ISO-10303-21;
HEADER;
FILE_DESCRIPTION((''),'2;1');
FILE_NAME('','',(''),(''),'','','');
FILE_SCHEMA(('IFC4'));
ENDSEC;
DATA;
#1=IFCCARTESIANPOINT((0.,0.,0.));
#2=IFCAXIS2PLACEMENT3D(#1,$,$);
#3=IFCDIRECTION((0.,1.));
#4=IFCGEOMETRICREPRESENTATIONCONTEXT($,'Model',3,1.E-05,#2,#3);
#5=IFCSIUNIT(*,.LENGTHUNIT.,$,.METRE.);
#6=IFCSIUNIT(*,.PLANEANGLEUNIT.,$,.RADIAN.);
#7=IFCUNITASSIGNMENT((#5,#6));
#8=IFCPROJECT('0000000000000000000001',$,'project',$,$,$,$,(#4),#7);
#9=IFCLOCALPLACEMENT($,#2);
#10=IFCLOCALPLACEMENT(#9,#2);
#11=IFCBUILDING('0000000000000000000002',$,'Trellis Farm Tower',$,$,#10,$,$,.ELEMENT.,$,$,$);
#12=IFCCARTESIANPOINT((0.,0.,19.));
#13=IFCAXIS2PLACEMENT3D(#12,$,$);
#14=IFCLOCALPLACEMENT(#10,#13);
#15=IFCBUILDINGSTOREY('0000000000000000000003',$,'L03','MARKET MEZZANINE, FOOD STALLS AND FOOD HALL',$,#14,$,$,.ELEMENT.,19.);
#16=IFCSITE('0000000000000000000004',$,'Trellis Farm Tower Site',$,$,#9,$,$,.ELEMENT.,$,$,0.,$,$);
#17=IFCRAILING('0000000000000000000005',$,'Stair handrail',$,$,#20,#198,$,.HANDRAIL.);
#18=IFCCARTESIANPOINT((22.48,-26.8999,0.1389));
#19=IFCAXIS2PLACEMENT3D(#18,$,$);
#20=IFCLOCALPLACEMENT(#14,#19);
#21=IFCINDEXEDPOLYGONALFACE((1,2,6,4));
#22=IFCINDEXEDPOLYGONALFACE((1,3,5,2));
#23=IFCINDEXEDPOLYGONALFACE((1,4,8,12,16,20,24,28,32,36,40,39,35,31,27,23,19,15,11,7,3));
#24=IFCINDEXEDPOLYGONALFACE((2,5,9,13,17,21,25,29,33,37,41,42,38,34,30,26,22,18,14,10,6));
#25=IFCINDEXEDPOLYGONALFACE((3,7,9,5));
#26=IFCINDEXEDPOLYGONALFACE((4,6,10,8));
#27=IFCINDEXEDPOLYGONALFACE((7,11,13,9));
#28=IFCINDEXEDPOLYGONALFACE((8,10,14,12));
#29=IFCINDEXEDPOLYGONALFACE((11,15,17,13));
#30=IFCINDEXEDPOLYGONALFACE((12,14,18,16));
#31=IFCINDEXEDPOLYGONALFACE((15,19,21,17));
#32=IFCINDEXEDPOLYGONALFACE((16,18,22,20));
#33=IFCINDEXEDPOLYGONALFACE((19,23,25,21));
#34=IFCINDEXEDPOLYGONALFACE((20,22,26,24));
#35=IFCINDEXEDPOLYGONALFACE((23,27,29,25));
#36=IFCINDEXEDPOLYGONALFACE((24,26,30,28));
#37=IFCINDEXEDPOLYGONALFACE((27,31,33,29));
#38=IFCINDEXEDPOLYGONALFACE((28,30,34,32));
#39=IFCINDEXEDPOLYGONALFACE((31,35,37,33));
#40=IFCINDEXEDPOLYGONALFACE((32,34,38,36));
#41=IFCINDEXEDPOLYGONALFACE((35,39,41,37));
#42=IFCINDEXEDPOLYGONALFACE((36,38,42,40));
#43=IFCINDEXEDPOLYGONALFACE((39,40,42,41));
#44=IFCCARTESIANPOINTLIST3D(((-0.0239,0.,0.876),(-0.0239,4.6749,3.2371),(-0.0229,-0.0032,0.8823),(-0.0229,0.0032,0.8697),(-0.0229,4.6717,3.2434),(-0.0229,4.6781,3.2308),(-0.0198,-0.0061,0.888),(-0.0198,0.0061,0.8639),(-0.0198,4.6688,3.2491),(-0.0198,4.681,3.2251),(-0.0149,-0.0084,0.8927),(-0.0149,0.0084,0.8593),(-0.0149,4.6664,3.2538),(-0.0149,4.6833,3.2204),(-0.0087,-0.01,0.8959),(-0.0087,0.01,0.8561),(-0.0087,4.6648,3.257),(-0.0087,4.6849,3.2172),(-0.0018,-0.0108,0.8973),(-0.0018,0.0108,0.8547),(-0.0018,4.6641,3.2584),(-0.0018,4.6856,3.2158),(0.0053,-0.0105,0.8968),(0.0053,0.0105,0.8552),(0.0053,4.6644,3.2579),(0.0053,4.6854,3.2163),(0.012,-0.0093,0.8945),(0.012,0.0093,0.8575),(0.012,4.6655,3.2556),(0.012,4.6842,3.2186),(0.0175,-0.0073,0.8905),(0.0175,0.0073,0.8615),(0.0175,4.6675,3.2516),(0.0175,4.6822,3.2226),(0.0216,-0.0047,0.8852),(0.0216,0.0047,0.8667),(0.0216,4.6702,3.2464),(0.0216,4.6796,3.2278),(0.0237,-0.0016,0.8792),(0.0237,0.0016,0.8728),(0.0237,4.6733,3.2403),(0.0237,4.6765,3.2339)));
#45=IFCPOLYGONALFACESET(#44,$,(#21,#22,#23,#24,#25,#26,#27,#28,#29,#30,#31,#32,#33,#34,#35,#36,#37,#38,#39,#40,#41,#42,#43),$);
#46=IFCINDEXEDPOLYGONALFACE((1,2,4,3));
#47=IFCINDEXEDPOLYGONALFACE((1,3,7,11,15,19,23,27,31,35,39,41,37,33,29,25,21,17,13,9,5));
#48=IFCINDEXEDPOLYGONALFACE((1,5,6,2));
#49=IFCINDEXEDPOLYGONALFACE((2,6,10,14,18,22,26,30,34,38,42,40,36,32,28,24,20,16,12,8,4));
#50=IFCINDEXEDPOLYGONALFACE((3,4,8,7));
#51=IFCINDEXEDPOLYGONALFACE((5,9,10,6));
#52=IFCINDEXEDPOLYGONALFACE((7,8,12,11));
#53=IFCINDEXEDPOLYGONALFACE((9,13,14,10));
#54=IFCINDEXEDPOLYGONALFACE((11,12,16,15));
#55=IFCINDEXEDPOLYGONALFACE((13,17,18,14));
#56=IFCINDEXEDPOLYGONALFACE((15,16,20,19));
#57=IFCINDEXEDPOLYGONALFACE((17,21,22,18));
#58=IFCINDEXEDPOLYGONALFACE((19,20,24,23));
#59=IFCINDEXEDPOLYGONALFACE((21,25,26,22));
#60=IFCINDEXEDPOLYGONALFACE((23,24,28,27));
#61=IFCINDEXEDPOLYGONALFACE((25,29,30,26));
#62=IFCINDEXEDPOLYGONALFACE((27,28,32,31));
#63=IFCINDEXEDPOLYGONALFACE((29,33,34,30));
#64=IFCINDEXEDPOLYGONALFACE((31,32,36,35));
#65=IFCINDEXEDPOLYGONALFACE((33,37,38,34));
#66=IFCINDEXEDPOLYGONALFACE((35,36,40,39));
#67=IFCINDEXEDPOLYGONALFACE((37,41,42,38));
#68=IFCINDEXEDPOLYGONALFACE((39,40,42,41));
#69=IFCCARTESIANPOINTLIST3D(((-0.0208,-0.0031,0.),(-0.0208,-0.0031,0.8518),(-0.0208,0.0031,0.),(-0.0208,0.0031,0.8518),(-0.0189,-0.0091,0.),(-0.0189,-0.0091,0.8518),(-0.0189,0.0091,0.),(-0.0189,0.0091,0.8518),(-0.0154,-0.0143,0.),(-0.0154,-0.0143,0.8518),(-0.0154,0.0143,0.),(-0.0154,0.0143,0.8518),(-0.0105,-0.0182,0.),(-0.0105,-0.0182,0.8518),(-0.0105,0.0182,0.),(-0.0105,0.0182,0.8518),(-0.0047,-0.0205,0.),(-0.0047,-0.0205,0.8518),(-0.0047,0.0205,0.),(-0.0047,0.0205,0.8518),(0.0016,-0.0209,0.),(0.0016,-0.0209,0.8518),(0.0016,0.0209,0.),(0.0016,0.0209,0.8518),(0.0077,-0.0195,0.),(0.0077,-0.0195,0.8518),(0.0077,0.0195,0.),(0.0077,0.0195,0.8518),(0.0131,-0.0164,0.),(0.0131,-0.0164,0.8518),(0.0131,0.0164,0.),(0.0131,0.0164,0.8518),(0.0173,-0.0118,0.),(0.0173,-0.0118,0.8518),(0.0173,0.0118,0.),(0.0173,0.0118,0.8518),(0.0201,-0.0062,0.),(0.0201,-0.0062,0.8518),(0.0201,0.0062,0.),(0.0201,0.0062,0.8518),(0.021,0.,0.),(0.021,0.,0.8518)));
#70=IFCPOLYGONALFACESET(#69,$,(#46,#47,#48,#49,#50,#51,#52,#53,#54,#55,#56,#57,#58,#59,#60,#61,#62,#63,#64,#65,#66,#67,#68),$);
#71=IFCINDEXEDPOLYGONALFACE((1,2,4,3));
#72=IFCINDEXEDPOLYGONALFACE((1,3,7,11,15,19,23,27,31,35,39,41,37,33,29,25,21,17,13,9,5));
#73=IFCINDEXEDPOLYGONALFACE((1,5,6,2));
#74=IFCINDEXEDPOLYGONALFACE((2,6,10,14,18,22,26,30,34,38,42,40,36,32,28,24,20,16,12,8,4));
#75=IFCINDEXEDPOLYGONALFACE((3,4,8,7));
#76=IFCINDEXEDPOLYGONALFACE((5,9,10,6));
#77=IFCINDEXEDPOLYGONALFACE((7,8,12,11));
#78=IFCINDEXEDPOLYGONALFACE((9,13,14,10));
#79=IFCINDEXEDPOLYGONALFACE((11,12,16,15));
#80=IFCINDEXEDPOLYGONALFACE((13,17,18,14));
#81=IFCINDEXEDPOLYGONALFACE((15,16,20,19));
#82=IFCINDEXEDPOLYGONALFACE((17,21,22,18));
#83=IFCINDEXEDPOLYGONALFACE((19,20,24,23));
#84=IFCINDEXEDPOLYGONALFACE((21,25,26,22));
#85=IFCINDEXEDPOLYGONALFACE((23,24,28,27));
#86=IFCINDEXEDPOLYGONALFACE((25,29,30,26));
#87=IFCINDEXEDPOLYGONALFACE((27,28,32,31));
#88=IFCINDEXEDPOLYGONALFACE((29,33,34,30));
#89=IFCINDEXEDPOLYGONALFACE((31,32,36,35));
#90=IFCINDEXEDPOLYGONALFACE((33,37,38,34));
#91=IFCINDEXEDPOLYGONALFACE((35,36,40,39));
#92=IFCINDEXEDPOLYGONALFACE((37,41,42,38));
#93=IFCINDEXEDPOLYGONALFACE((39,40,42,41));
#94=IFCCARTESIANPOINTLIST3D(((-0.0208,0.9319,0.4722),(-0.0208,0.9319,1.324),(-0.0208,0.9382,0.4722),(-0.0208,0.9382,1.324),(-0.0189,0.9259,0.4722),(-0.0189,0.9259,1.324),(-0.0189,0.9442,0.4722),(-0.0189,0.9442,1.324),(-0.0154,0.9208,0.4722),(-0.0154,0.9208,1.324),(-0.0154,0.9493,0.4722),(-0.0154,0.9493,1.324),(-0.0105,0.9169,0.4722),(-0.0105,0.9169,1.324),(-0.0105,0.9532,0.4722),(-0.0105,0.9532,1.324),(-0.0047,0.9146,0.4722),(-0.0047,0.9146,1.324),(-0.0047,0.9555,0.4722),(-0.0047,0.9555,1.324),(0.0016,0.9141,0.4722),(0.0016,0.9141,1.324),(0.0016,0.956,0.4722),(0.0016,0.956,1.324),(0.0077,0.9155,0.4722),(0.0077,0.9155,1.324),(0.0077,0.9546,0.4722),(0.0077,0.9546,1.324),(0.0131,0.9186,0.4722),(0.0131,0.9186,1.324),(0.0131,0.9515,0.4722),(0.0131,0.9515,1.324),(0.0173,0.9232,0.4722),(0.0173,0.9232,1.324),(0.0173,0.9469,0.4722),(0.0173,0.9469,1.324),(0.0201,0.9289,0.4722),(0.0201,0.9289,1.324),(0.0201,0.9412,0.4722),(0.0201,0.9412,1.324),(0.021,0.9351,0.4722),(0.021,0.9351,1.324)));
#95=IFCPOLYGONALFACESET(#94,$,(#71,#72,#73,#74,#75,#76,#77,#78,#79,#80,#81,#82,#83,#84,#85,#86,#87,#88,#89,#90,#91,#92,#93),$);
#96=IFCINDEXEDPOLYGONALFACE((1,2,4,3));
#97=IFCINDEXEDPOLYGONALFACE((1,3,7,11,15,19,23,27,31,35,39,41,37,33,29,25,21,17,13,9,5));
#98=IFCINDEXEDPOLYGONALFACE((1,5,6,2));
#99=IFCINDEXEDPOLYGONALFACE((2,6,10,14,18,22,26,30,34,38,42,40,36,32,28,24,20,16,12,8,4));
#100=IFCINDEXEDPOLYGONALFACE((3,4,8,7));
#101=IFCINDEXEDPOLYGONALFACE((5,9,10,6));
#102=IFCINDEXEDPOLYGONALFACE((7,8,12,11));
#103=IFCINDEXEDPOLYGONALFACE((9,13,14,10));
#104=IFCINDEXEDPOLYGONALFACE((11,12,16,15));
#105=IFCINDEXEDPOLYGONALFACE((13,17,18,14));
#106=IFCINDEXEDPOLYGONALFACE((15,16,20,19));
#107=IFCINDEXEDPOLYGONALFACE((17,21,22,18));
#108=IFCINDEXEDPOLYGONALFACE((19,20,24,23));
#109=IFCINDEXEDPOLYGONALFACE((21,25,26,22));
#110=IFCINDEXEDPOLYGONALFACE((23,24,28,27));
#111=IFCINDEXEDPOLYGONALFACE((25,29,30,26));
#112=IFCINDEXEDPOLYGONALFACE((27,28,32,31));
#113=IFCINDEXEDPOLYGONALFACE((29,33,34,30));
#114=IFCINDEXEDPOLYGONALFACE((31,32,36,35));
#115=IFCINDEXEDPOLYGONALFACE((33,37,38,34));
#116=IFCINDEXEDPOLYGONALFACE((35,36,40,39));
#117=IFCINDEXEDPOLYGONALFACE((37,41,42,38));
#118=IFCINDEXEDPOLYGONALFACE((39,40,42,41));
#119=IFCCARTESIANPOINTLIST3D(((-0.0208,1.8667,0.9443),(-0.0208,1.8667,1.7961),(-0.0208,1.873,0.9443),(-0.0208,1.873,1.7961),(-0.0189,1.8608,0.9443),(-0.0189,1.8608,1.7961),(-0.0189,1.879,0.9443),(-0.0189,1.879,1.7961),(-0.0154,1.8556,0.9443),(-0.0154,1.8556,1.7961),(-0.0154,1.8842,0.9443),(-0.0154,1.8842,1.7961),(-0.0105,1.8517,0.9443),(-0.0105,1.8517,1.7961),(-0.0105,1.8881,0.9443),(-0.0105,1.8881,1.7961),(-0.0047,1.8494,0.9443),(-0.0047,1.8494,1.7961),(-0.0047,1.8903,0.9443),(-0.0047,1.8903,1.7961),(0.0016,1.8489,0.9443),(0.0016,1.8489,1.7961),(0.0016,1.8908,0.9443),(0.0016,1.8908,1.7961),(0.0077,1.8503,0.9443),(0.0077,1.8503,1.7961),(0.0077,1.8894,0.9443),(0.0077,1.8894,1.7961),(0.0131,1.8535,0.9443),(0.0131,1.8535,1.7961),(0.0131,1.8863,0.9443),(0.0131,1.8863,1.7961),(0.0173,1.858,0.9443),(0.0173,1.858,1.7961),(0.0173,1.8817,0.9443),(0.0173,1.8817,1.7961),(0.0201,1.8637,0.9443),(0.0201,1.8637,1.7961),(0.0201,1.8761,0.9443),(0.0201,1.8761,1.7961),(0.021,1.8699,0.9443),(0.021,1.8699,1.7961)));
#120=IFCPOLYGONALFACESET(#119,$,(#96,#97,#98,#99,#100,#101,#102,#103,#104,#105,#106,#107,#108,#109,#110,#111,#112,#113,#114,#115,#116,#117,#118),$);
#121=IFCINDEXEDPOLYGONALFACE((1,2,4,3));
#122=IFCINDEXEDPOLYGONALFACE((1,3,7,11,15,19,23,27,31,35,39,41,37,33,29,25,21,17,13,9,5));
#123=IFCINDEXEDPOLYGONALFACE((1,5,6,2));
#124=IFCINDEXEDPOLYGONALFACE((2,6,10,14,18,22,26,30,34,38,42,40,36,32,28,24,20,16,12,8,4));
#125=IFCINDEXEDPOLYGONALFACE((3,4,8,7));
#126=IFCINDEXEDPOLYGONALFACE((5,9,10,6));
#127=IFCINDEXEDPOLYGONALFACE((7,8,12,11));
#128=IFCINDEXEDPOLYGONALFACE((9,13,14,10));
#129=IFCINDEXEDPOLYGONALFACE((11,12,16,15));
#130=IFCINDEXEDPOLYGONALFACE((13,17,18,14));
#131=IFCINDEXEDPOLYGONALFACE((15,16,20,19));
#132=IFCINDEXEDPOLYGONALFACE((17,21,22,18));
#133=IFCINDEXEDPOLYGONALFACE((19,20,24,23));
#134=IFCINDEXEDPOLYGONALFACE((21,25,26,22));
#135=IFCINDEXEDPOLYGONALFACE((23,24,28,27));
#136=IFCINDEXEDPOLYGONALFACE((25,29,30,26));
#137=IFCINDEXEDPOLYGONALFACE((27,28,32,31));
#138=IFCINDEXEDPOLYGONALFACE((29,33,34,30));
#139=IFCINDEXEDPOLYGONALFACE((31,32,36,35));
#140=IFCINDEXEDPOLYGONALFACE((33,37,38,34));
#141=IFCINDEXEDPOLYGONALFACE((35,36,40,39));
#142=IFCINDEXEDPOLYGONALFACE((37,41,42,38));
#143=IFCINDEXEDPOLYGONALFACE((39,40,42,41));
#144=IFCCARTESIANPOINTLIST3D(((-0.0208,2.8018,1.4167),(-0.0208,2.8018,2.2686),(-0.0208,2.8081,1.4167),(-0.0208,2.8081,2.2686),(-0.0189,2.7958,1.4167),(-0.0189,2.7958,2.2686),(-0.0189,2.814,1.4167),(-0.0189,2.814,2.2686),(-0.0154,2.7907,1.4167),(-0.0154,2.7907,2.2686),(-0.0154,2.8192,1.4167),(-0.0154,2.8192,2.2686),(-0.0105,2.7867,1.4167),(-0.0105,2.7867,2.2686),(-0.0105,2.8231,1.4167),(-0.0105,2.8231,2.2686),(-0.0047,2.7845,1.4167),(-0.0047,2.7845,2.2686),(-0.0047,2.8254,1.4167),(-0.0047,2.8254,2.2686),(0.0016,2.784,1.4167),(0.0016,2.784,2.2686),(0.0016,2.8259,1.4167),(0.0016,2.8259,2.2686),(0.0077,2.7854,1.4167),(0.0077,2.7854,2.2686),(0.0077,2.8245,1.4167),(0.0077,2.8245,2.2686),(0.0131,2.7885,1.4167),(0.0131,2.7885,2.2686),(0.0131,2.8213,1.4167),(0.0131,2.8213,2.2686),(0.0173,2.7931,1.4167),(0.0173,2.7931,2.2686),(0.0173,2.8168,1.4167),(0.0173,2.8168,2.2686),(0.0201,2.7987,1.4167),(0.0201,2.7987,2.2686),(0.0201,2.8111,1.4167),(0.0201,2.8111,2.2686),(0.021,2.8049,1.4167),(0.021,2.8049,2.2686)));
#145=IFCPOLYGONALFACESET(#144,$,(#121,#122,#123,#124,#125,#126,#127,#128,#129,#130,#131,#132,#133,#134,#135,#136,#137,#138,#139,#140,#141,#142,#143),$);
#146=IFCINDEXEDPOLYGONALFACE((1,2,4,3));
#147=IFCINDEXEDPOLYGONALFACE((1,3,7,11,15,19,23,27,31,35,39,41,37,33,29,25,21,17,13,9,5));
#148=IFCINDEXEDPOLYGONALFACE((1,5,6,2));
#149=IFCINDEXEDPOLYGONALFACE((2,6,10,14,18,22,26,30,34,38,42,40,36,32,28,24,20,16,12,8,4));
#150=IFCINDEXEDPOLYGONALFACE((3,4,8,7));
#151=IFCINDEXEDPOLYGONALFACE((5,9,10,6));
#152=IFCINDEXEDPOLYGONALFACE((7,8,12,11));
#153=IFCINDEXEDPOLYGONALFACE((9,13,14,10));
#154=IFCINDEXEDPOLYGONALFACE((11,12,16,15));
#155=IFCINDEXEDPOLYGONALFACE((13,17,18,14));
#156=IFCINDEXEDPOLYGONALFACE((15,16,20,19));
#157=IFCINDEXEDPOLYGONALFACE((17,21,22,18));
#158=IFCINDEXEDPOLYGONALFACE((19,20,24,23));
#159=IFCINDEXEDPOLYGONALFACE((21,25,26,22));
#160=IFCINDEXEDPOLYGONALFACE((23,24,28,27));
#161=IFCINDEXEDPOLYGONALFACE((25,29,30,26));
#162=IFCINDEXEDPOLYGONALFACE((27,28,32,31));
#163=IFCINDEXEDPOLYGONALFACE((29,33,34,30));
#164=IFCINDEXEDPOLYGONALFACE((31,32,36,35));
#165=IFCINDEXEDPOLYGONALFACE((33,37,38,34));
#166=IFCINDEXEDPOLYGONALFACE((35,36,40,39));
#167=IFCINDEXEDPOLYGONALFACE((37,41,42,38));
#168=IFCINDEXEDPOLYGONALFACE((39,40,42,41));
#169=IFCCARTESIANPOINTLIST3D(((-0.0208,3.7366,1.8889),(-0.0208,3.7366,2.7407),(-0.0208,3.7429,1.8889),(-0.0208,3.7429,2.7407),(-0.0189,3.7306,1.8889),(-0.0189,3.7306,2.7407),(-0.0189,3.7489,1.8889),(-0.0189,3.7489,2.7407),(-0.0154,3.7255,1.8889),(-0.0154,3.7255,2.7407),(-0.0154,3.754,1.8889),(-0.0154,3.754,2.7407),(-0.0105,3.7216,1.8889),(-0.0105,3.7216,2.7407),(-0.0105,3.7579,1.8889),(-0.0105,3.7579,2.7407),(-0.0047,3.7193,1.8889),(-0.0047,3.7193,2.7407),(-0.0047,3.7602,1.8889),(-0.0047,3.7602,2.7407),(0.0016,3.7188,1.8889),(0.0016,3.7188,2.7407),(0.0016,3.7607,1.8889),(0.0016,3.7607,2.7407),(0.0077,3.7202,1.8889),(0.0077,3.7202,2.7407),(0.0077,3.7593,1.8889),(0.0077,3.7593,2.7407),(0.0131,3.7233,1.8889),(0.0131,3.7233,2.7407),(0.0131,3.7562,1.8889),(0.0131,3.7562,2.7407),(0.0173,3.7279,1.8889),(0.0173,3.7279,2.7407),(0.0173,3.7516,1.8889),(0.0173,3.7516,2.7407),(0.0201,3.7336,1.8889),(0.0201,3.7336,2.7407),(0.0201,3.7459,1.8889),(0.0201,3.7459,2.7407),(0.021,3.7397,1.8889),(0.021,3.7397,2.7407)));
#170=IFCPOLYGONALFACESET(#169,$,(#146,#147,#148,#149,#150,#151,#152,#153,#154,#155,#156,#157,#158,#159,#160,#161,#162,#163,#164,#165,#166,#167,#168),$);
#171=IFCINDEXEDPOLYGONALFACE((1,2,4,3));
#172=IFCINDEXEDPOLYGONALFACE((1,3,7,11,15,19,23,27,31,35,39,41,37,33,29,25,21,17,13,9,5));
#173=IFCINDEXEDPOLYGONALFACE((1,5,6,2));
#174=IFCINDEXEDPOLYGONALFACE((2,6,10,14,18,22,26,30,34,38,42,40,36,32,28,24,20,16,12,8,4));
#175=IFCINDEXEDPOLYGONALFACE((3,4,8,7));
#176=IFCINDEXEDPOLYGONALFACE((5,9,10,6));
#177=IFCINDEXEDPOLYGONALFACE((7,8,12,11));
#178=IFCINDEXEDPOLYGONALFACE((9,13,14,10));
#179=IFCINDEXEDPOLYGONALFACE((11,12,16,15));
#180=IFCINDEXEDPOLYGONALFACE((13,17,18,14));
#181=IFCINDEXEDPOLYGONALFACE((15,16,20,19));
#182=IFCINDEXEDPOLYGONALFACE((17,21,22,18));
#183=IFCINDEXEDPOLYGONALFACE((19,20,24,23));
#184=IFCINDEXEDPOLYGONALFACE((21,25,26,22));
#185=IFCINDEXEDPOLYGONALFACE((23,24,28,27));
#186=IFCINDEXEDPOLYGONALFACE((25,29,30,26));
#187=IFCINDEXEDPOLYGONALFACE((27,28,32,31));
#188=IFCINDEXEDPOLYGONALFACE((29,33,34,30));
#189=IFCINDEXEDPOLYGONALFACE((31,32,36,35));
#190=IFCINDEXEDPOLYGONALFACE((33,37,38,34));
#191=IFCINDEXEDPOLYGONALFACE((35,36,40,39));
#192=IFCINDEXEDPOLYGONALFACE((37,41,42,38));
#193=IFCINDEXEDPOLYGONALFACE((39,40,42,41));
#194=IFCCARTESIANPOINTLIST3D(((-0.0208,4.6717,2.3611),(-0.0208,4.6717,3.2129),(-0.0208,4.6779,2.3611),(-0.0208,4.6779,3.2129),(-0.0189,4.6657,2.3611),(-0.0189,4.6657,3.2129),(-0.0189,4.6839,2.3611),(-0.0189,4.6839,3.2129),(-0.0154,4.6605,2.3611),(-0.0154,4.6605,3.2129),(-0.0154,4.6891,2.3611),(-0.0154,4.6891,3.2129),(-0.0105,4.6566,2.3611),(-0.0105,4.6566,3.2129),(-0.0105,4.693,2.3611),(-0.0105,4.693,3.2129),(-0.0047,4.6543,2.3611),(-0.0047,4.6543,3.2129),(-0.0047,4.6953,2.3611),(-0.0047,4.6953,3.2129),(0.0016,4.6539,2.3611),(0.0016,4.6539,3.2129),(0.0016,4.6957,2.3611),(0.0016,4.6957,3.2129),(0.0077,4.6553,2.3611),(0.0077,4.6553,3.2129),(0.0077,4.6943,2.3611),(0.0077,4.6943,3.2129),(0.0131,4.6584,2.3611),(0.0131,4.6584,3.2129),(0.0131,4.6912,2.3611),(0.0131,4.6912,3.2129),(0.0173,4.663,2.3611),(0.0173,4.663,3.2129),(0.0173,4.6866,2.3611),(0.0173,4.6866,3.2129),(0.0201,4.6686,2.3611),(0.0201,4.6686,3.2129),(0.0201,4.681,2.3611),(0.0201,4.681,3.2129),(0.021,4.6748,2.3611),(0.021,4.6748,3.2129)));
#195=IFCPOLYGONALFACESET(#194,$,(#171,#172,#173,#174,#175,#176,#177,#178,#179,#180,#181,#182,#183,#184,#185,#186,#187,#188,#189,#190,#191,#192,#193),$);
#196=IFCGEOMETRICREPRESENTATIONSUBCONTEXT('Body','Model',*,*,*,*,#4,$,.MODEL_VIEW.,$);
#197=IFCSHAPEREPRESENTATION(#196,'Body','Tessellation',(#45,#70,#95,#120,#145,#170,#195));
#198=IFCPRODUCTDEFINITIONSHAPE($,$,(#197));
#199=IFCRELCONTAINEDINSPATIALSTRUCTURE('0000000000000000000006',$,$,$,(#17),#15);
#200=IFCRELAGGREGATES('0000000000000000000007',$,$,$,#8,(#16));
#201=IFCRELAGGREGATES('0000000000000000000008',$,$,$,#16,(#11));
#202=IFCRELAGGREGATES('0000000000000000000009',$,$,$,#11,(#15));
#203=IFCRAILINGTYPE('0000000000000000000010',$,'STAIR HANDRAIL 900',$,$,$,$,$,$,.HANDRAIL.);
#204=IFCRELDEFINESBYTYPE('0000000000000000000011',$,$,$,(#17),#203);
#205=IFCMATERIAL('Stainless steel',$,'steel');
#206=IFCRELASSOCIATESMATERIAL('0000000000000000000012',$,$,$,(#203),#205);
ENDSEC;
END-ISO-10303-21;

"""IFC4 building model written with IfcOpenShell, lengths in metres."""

from ifc_helpers import new_model, si_unit, direction, frame, origin, origin_2d, place, context, subcontext, project, spatial, circle, extrude, source, transform, mapped, material, type_object, element, save


model = new_model("IFC4")

# Units and contexts
model_context = context("Model", 3, precision=1e-05, world=origin(), true_north=direction((0.0, 1.0)))
body_context = subcontext(model_context, "Body", "Model", "MODEL_VIEW")
ifc_project = project(units=[si_unit("LENGTHUNIT", "METRE"), si_unit("PLANEANGLEUNIT", "RADIAN")], contexts=[model_context])

# Site, building, storey
site_placement = place(None, origin())
site = spatial("IfcSite", under=ifc_project, at=site_placement, Name="Trellis Farm Tower Site", CompositionType="ELEMENT", RefElevation=0.0)
building_placement = place(site_placement, origin())
building = spatial("IfcBuilding", under=site, at=building_placement, Name="Trellis Farm Tower", CompositionType="ELEMENT")
storey_placement = place(building_placement, frame((0.0, 0.0, 19.0)))
storey = spatial("IfcBuildingStorey", under=building, at=storey_placement, Name="L03", Description="MARKET MEZZANINE, FOOD STALLS AND FOOD HALL", CompositionType="ELEMENT", Elevation=19.0)

# Railing
ifc_material_1 = material(Name="Stainless steel", Category="steel")
railing_type = type_object("IfcRailingType", Name="STAIR HANDRAIL 900", PredefinedType="HANDRAIL", material=ifc_material_1)
shared_shape_1 = source(origin(), body_context, "Body", "SweptSolid", [
    extrude(circle(Radius=0.0239, at=origin_2d()), frame((0.0, 0.0, 0.876), z_axis=(0.0, 0.892611, 0.450827), x_axis=(-1.0, 0.0, 0.0)), (0.0, 0.0, 1.0), 5.2373),
    extrude(circle(Radius=0.021, at=origin_2d()), origin(), (0.0, 0.0, 1.0), 0.8518),
    extrude(circle(Radius=0.021, at=origin_2d()), frame((0.0, 0.9351, 0.4722)), (0.0, 0.0, 1.0), 0.8518),
    extrude(circle(Radius=0.021, at=origin_2d()), frame((0.0, 1.8699, 0.9443)), (0.0, 0.0, 1.0), 0.8518),
    extrude(circle(Radius=0.021, at=origin_2d()), frame((0.0, 2.8049, 1.4167)), (0.0, 0.0, 1.0), 0.8518),
    extrude(circle(Radius=0.021, at=origin_2d()), frame((0.0, 3.7397, 1.8889)), (0.0, 0.0, 1.0), 0.8518),
    extrude(circle(Radius=0.021, at=origin_2d()), frame((0.0, 4.6748, 2.3611)), (0.0, 0.0, 1.0), 0.8518),
])
for number, where, name in (
    (1, (22.48, -26.8999, 0.1389), "Stair handrail"),
):
    element("IfcRailing", number, at=place(storey_placement, frame(where)), inside=storey, type_object=railing_type, Name=name, PredefinedType="HANDRAIL", context=body_context, shape_type="MappedRepresentation", body=[
        mapped(shared_shape_1, transform((0.0, 0.0, 0.0))),
    ])

save(model, "model.ifc")
